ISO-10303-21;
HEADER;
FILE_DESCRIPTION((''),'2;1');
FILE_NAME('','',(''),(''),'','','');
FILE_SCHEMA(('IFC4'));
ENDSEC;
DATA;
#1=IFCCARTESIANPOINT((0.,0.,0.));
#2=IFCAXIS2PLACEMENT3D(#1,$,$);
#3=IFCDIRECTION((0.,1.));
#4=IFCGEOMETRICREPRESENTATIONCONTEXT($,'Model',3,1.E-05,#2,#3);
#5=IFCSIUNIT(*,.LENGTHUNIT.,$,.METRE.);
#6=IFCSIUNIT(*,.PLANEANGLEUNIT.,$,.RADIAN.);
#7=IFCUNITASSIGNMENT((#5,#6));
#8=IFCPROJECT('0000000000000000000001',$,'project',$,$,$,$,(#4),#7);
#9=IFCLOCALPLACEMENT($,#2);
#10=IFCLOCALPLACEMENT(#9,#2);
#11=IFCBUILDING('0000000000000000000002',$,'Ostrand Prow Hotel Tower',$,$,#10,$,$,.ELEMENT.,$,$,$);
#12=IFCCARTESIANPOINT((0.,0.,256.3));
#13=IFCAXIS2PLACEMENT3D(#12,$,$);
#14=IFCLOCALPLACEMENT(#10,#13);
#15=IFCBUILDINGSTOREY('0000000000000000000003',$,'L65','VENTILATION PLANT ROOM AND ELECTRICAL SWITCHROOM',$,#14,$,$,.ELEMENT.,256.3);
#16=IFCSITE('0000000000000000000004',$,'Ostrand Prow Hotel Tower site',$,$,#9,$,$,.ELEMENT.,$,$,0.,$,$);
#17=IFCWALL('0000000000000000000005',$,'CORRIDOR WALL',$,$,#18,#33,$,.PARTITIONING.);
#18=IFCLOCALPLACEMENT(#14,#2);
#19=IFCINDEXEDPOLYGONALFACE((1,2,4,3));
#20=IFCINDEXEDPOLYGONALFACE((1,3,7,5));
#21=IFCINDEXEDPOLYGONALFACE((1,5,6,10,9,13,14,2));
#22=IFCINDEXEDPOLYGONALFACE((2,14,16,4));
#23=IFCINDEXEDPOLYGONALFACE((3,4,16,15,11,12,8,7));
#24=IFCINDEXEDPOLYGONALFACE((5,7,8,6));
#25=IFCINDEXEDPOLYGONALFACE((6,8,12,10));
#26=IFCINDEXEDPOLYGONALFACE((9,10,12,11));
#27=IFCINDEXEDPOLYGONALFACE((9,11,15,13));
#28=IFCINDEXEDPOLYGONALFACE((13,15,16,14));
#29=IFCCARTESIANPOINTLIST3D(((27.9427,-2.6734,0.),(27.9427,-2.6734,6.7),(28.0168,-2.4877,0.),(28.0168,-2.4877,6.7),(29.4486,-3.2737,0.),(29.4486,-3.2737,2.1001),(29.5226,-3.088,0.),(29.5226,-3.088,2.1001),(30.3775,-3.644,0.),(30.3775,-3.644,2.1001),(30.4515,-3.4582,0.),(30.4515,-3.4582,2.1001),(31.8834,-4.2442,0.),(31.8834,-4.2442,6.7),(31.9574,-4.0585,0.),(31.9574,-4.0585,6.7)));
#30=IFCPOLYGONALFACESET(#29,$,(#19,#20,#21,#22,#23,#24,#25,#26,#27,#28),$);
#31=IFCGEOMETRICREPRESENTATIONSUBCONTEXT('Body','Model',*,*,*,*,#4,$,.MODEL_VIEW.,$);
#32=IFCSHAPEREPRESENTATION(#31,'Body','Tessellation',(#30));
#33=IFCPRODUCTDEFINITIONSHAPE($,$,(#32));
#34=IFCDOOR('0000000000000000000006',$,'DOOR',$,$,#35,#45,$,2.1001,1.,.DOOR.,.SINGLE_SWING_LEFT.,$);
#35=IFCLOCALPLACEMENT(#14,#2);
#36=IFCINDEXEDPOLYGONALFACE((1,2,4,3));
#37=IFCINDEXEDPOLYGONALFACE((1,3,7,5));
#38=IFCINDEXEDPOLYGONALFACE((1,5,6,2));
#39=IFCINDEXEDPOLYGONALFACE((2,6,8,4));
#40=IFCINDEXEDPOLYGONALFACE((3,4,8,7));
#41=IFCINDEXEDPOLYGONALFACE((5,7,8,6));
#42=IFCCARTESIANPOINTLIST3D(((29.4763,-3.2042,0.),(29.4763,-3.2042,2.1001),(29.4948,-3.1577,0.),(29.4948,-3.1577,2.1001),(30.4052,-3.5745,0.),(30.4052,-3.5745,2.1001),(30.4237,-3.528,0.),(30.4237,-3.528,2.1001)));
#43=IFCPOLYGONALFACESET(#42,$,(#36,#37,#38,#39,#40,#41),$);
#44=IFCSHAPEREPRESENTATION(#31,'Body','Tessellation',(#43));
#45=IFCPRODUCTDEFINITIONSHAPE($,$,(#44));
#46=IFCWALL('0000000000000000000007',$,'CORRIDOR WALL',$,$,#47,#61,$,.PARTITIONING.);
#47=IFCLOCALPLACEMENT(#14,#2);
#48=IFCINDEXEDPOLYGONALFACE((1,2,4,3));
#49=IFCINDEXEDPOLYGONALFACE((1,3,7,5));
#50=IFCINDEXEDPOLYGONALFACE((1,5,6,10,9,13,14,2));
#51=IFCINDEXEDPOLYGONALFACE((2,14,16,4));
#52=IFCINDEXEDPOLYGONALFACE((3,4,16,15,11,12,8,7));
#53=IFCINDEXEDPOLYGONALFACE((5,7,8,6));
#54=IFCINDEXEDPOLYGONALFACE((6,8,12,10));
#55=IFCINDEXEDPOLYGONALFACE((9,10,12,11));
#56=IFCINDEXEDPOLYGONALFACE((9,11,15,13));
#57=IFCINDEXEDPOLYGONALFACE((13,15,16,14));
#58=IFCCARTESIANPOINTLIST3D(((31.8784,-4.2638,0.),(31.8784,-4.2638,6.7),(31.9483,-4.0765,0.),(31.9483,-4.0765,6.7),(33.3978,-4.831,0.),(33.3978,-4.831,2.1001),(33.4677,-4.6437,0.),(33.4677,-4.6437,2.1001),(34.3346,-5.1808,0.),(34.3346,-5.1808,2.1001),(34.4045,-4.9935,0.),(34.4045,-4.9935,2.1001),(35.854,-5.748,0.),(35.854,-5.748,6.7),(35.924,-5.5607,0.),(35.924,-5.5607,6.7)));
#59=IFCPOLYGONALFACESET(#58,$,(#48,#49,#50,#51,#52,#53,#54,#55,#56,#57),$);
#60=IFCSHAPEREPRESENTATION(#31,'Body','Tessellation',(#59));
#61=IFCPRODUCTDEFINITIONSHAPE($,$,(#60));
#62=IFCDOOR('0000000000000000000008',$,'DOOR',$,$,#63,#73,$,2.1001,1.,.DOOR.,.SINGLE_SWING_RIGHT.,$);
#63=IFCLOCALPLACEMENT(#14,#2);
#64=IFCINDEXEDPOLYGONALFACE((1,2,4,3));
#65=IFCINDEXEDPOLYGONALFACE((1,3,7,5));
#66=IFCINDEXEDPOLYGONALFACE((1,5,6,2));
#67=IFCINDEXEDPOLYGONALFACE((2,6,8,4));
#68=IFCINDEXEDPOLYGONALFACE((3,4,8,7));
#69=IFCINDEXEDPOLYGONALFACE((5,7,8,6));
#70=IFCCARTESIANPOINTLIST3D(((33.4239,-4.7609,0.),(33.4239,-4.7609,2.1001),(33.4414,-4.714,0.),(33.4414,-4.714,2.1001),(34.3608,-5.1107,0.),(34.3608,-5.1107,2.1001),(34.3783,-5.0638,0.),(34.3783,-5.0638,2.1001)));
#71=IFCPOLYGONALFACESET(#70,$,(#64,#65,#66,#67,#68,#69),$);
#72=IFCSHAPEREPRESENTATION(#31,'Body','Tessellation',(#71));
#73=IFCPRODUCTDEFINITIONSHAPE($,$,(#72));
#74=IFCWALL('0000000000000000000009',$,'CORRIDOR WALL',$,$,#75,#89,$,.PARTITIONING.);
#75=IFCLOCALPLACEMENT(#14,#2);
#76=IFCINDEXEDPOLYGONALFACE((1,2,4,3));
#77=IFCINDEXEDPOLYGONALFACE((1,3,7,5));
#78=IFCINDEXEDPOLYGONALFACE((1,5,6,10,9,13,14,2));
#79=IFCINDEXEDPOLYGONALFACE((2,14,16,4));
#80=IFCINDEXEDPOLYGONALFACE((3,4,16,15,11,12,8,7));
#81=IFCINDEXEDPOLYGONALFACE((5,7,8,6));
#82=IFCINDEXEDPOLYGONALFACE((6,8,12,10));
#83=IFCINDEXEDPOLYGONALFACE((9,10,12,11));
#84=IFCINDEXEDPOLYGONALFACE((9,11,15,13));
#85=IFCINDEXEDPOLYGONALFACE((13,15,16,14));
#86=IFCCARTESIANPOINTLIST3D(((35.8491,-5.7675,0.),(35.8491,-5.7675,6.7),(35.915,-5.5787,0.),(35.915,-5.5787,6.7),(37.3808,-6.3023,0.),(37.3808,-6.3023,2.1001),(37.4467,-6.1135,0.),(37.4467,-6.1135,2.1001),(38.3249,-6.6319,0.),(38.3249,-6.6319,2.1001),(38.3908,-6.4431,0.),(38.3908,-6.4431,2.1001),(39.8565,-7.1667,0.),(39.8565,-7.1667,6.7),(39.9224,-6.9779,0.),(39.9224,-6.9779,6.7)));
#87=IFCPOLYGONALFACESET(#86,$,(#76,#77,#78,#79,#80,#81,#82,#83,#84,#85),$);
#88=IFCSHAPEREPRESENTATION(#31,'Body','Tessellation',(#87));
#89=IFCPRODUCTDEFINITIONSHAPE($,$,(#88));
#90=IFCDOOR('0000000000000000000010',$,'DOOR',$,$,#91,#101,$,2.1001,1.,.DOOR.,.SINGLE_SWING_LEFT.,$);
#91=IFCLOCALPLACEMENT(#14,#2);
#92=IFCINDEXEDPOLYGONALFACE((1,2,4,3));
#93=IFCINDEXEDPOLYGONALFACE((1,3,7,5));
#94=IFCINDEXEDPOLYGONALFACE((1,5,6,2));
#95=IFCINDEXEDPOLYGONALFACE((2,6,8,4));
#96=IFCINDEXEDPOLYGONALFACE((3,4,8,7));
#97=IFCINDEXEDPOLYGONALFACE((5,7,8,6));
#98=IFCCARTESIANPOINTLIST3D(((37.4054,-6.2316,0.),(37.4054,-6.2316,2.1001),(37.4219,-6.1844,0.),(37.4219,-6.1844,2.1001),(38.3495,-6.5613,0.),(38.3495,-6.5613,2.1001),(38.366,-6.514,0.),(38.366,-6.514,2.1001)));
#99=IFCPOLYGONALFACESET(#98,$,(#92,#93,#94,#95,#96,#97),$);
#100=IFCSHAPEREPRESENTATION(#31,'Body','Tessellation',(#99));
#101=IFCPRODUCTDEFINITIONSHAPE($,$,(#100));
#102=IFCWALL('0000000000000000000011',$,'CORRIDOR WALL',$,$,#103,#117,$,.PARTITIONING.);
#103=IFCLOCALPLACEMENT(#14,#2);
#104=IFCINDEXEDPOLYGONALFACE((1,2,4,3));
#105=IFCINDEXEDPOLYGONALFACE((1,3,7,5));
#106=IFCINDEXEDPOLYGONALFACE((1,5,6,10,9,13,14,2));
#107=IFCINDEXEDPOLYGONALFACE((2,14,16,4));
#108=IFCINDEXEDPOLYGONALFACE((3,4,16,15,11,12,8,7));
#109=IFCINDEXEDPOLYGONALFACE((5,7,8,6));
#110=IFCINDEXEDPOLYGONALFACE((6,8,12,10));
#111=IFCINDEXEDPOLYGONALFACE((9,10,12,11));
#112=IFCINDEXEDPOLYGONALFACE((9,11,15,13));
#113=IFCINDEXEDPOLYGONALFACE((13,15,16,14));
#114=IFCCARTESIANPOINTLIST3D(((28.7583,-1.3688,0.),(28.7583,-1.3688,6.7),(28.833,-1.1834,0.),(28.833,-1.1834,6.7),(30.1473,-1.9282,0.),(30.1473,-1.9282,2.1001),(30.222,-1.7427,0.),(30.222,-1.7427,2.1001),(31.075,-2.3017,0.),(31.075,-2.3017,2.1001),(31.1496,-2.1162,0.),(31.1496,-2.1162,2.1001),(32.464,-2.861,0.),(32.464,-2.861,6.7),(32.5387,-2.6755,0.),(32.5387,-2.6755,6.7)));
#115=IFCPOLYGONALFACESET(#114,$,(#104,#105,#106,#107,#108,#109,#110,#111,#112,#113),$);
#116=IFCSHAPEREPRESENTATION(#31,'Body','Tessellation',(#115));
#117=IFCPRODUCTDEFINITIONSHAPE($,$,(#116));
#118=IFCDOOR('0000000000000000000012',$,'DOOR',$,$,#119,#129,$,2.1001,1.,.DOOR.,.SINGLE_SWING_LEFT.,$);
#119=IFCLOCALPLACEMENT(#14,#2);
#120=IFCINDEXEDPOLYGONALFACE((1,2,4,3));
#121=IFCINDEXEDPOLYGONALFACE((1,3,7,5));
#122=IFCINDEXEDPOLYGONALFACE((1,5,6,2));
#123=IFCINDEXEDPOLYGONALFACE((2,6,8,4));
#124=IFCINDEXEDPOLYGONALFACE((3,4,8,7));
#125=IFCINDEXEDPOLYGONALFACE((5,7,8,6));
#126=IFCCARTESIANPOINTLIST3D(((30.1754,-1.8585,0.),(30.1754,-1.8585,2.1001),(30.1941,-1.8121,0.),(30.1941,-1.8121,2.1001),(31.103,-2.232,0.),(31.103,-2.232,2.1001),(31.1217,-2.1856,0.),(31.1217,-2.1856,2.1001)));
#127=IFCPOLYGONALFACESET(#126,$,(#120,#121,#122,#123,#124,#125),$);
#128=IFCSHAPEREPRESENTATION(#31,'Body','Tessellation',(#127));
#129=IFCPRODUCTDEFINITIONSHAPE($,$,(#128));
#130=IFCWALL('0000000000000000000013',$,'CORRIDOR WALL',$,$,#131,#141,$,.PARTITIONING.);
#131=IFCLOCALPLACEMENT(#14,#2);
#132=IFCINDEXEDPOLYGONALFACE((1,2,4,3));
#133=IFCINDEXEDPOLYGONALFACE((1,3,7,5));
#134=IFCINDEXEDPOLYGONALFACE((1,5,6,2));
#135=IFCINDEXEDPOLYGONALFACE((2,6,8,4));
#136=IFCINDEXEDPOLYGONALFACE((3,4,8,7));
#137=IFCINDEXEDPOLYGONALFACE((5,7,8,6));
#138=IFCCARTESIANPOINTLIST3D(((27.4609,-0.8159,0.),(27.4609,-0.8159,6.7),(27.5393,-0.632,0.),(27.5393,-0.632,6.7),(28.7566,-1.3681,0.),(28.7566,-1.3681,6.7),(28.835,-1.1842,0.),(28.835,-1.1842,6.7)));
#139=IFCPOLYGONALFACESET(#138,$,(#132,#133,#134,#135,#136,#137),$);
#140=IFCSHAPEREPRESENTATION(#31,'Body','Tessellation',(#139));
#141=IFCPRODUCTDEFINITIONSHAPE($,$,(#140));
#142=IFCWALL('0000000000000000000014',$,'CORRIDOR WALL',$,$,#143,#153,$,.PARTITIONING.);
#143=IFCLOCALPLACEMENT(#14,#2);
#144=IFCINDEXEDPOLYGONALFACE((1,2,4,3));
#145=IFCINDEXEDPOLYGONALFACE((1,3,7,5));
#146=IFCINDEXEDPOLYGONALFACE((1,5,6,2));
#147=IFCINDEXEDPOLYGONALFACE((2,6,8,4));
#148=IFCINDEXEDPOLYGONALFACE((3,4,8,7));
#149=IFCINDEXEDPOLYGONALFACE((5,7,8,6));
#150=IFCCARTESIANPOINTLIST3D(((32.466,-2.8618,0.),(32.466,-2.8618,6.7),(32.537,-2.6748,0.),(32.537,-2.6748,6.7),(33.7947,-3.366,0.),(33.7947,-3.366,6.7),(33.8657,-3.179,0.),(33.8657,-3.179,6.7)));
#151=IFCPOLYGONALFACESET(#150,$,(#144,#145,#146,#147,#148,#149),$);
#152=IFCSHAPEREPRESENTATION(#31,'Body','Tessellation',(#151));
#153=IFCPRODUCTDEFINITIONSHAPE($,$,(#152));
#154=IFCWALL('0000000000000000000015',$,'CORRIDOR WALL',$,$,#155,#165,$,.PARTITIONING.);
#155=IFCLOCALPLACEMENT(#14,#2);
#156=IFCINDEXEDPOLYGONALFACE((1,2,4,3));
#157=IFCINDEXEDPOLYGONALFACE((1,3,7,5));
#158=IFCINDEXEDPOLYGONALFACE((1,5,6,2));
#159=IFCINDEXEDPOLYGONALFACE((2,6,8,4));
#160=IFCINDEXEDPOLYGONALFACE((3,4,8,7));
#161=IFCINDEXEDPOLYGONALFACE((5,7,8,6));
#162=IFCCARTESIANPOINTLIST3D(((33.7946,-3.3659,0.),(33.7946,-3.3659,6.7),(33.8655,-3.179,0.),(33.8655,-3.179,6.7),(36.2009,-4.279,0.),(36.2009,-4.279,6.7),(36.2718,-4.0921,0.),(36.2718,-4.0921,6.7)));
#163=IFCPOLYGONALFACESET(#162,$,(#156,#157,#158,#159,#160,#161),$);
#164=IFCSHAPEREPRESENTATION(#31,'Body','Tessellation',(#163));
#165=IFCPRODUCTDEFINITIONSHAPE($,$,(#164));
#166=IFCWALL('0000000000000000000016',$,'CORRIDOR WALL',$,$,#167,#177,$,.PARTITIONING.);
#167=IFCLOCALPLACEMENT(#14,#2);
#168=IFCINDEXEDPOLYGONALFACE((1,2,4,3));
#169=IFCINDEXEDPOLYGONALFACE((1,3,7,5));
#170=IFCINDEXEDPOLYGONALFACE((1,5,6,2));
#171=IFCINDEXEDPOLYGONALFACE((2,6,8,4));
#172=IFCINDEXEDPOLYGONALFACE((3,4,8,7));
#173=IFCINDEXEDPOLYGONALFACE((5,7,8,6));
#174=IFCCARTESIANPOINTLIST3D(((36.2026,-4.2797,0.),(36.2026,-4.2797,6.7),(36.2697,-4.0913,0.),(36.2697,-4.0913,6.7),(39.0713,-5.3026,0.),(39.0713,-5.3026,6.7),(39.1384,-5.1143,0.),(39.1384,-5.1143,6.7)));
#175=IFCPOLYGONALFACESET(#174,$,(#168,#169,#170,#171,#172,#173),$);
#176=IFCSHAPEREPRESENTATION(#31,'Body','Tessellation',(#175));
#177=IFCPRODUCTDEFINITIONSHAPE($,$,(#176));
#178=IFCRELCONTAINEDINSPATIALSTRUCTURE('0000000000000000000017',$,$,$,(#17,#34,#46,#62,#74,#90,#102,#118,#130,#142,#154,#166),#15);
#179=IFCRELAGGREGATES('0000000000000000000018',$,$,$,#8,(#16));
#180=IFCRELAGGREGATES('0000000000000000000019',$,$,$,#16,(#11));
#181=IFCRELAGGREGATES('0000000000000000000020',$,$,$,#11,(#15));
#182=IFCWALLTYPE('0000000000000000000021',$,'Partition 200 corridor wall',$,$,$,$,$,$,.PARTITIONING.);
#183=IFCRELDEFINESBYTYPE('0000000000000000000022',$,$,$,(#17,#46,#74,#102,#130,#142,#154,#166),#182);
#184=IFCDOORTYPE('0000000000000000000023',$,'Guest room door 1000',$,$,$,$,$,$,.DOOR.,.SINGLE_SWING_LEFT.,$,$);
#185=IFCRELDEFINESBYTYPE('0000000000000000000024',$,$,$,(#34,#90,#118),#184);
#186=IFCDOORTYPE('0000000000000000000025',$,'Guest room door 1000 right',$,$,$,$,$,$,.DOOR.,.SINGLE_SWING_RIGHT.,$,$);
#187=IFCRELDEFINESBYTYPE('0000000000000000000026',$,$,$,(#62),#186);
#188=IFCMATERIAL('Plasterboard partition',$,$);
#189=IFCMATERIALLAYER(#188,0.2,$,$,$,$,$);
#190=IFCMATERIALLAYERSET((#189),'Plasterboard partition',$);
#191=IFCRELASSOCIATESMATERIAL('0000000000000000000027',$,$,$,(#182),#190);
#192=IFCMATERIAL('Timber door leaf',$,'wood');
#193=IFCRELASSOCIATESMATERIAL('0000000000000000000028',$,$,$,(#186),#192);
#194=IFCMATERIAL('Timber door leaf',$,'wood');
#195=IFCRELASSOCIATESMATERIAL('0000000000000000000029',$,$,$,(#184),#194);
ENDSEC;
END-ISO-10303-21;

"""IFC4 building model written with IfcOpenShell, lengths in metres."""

from ifc_helpers import new_model, si_unit, direction, frame, frame_2d, origin, place, context, subcontext, project, spatial, rectangle, extrude, material, layer, layer_set, type_object, element, fill, save


model = new_model("IFC4")

# Units and contexts
model_context = context("Model", 3, precision=1e-05, world=origin(), true_north=direction((0.0, 1.0)))
body_context = subcontext(model_context, "Body", "Model", "MODEL_VIEW")
ifc_project = project(units=[si_unit("LENGTHUNIT", "METRE"), si_unit("PLANEANGLEUNIT", "RADIAN")], contexts=[model_context])

# Site, building, storey
site_placement = place(None, origin())
site = spatial("IfcSite", under=ifc_project, at=site_placement, Name="Ostrand Prow Hotel Tower site", CompositionType="ELEMENT", RefElevation=0.0)
building_placement = place(site_placement, origin())
building = spatial("IfcBuilding", under=site, at=building_placement, Name="Ostrand Prow Hotel Tower", CompositionType="ELEMENT")
storey_placement = place(building_placement, frame((0.0, 0.0, 256.3)))
storey = spatial("IfcBuildingStorey", under=building, at=storey_placement, Name="L65", Description="VENTILATION PLANT ROOM AND ELECTRICAL SWITCHROOM", CompositionType="ELEMENT", Elevation=256.3)

# Walls, openings, doors
ifc_material_1 = material(Name="Plasterboard partition")
ifc_layer_1 = layer(ifc_material_1, 0.2)
ifc_layer_set_1 = layer_set([ifc_layer_1], Name="Plasterboard partition")
wall_type_1 = type_object("IfcWallType", Name="Partition 200 corridor wall", PredefinedType="PARTITIONING", material=ifc_layer_set_1)
ifc_material_2 = material(Name="Timber door leaf", Category="wood")
door_type_1 = type_object("IfcDoorType", Name="Guest room door 1000 right", OperationType="SINGLE_SWING_RIGHT", PredefinedType="DOOR", material=ifc_material_2)
wall_1_placement = place(storey_placement, frame((27.9797, -2.5806, 0.0), z_axis=(0.0, 0.0, 1.0), x_axis=(0.928921, -0.370279, 0.0)))
wall_1 = element("IfcWall", 1, at=wall_1_placement, inside=storey, type_object=wall_type_1, Name="CORRIDOR WALL", PredefinedType="PARTITIONING", context=body_context, shape_type="SweptSolid", body=[
    extrude(rectangle(XDim=4.2422, YDim=0.2, at=frame_2d((2.1211, 0.0))), origin(), (0.0, 0.0, 1.0), 6.7),
])
opening_1_placement = place(wall_1_placement, frame((1.6211, 0.0, 0.0)))
opening_1 = element("IfcOpeningElement", 2, at=opening_1_placement, cuts=wall_1, PredefinedType="OPENING", context=body_context, shape_type="SweptSolid", body=[
    extrude(rectangle(XDim=1.0, YDim=2.1001, at=frame_2d((0.5, 1.05))), frame((0.0, 0.1099, 0.0), z_axis=(0.0, -1.0, 0.0), x_axis=(1.0, 0.0, 0.0)), (0.0, 0.0, 1.0), 0.22),
])
ifc_material_3 = material(Name="Timber door leaf", Category="wood")
door_type_2 = type_object("IfcDoorType", Name="Guest room door 1000", OperationType="SINGLE_SWING_LEFT", PredefinedType="DOOR", material=ifc_material_3)
door_1_placement = place(opening_1_placement, origin())
door_1 = element("IfcDoor", 3, at=door_1_placement, inside=storey, type_object=door_type_2, Name="DOOR", OperationType="SINGLE_SWING_LEFT", OverallHeight=2.1001, OverallWidth=1.0, PredefinedType="DOOR", context=body_context, shape_type="SweptSolid", body=[
    extrude(rectangle(XDim=1.0, YDim=2.1001, at=frame_2d((0.5, 1.05))), frame((0.0, 0.0249, 0.0), z_axis=(0.0, -1.0, 0.0), x_axis=(1.0, 0.0, 0.0)), (0.0, 0.0, 1.0), 0.05),
])
fill(opening_1, door_1)
wall_2_placement = place(storey_placement, frame((31.9133, -4.1702, 0.0), z_axis=(0.0, 0.0, 1.0), x_axis=(0.936848, -0.349736, 0.0)))
wall_2 = element("IfcWall", 4, at=wall_2_placement, inside=storey, type_object=wall_type_1, Name="CORRIDOR WALL", PredefinedType="PARTITIONING", context=body_context, shape_type="SweptSolid", body=[
    extrude(rectangle(XDim=4.2437, YDim=0.2, at=frame_2d((2.1218, 0.0))), origin(), (0.0, 0.0, 1.0), 6.7),
])
opening_2_placement = place(wall_2_placement, frame((1.6218, 0.0, 0.0)))
opening_2 = element("IfcOpeningElement", 5, at=opening_2_placement, cuts=wall_2, PredefinedType="OPENING", context=body_context, shape_type="SweptSolid", body=[
    extrude(rectangle(XDim=1.0, YDim=2.1001, at=frame_2d((0.5, 1.05))), frame((0.0, 0.1099, 0.0), z_axis=(0.0, -1.0, 0.0), x_axis=(1.0, 0.0, 0.0)), (0.0, 0.0, 1.0), 0.22),
])
door_2_placement = place(opening_2_placement, origin())
door_2 = element("IfcDoor", 6, at=door_2_placement, inside=storey, type_object=door_type_1, Name="DOOR", OperationType="SINGLE_SWING_RIGHT", OverallHeight=2.1001, OverallWidth=1.0, PredefinedType="DOOR", context=body_context, shape_type="SweptSolid", body=[
    extrude(rectangle(XDim=1.0, YDim=2.1001, at=frame_2d((0.5, 1.05))), frame((0.0, 0.0249, 0.0), z_axis=(0.0, -1.0, 0.0), x_axis=(1.0, 0.0, 0.0)), (0.0, 0.0, 1.0), 0.05),
])
fill(opening_2, door_2)
wall_3_placement = place(storey_placement, frame((35.8821, -5.6731, 0.0), z_axis=(0.0, 0.0, 1.0), x_axis=(0.944107, -0.329638, 0.0)))
wall_3 = element("IfcWall", 7, at=wall_3_placement, inside=storey, type_object=wall_type_1, Name="CORRIDOR WALL", PredefinedType="PARTITIONING", context=body_context, shape_type="SweptSolid", body=[
    extrude(rectangle(XDim=4.2446, YDim=0.2, at=frame_2d((2.1223, 0.0))), origin(), (0.0, 0.0, 1.0), 6.7),
])
opening_3_placement = place(wall_3_placement, frame((1.6223, 0.0, 0.0)))
opening_3 = element("IfcOpeningElement", 8, at=opening_3_placement, cuts=wall_3, PredefinedType="OPENING", context=body_context, shape_type="SweptSolid", body=[
    extrude(rectangle(XDim=1.0, YDim=2.1001, at=frame_2d((0.5, 1.05))), frame((0.0, 0.1099, 0.0), z_axis=(0.0, -1.0, 0.0), x_axis=(1.0, 0.0, 0.0)), (0.0, 0.0, 1.0), 0.22),
])
door_3_placement = place(opening_3_placement, origin())
door_3 = element("IfcDoor", 9, at=door_3_placement, inside=storey, type_object=door_type_2, Name="DOOR", OperationType="SINGLE_SWING_LEFT", OverallHeight=2.1001, OverallWidth=1.0, PredefinedType="DOOR", context=body_context, shape_type="SweptSolid", body=[
    extrude(rectangle(XDim=1.0, YDim=2.1001, at=frame_2d((0.5, 1.05))), frame((0.0, 0.0249, 0.0), z_axis=(0.0, -1.0, 0.0), x_axis=(1.0, 0.0, 0.0)), (0.0, 0.0, 1.0), 0.05),
])
fill(opening_3, door_3)
wall_4_placement = place(storey_placement, frame((32.5015, -2.7683, 0.0), z_axis=(0.0, 0.0, 1.0), x_axis=(-0.927623, 0.373518, 0.0)))
wall_4 = element("IfcWall", 10, at=wall_4_placement, inside=storey, type_object=wall_type_1, Name="CORRIDOR WALL", PredefinedType="PARTITIONING", context=body_context, shape_type="SweptSolid", body=[
    extrude(rectangle(XDim=3.9949, YDim=0.2, at=frame_2d((1.9976, 0.0))), origin(), (0.0, 0.0, 1.0), 6.7),
])
opening_4_placement = place(wall_4_placement, frame((1.4976, 0.0, 0.0)))
opening_4 = element("IfcOpeningElement", 11, at=opening_4_placement, cuts=wall_4, PredefinedType="OPENING", context=body_context, shape_type="SweptSolid", body=[
    extrude(rectangle(XDim=1.0, YDim=2.1001, at=frame_2d((0.5, 1.05))), frame((0.0, 0.1099, 0.0), z_axis=(0.0, -1.0, 0.0), x_axis=(1.0, 0.0, 0.0)), (0.0, 0.0, 1.0), 0.22),
])
door_4_placement = place(opening_4_placement, origin())
door_4 = element("IfcDoor", 12, at=door_4_placement, inside=storey, type_object=door_type_2, Name="DOOR", OperationType="SINGLE_SWING_LEFT", OverallHeight=2.1001, OverallWidth=1.0, PredefinedType="DOOR", context=body_context, shape_type="SweptSolid", body=[
    extrude(rectangle(XDim=1.0, YDim=2.1001, at=frame_2d((0.5, 1.05))), frame((0.0, 0.0249, 0.0), z_axis=(0.0, -1.0, 0.0), x_axis=(1.0, 0.0, 0.0)), (0.0, 0.0, 1.0), 0.05),
])
fill(opening_4, door_4)

# Walls
wall_5_placement = place(storey_placement, frame((28.7957, -1.2761, 0.0), z_axis=(0.0, 0.0, 1.0), x_axis=(-0.919923, 0.392098, 0.0)))
element("IfcWall", 13, at=wall_5_placement, inside=storey, type_object=wall_type_1, Name="CORRIDOR WALL", PredefinedType="PARTITIONING", context=body_context, shape_type="SweptSolid", body=[
    extrude(rectangle(XDim=1.4084, YDim=0.2, at=frame_2d((0.7041, 0.0))), origin(), (0.0, 0.0, 1.0), 6.7),
])
wall_6_placement = place(storey_placement, frame((33.8301, -3.2725, 0.0), z_axis=(0.0, 0.0, 1.0), x_axis=(-0.934952, 0.354773, 0.0)))
element("IfcWall", 14, at=wall_6_placement, inside=storey, type_object=wall_type_1, Name="CORRIDOR WALL", PredefinedType="PARTITIONING", context=body_context, shape_type="SweptSolid", body=[
    extrude(rectangle(XDim=1.4211, YDim=0.2, at=frame_2d((0.7104, 0.0))), origin(), (0.0, 0.0, 1.0), 6.7),
])
wall_7_placement = place(storey_placement, frame((36.2363, -4.1855, 0.0), z_axis=(0.0, 0.0, 1.0), x_axis=(-0.93495, 0.35478, 0.0)))
element("IfcWall", 15, at=wall_7_placement, inside=storey, type_object=wall_type_1, Name="CORRIDOR WALL", PredefinedType="PARTITIONING", context=body_context, shape_type="SweptSolid", body=[
    extrude(rectangle(XDim=2.5737, YDim=0.2, at=frame_2d((1.2869, 0.0))), origin(), (0.0, 0.0, 1.0), 6.7),
])
wall_8_placement = place(storey_placement, frame((39.105, -5.2085, 0.0), z_axis=(0.0, 0.0, 1.0), x_axis=(-0.941905, 0.335879, 0.0)))
element("IfcWall", 16, at=wall_8_placement, inside=storey, type_object=wall_type_1, Name="CORRIDOR WALL", PredefinedType="PARTITIONING", context=body_context, shape_type="SweptSolid", body=[
    extrude(rectangle(XDim=3.0457, YDim=0.2, at=frame_2d((1.5229, 0.0))), origin(), (0.0, 0.0, 1.0), 6.7),
])

save(model, "model.ifc")
